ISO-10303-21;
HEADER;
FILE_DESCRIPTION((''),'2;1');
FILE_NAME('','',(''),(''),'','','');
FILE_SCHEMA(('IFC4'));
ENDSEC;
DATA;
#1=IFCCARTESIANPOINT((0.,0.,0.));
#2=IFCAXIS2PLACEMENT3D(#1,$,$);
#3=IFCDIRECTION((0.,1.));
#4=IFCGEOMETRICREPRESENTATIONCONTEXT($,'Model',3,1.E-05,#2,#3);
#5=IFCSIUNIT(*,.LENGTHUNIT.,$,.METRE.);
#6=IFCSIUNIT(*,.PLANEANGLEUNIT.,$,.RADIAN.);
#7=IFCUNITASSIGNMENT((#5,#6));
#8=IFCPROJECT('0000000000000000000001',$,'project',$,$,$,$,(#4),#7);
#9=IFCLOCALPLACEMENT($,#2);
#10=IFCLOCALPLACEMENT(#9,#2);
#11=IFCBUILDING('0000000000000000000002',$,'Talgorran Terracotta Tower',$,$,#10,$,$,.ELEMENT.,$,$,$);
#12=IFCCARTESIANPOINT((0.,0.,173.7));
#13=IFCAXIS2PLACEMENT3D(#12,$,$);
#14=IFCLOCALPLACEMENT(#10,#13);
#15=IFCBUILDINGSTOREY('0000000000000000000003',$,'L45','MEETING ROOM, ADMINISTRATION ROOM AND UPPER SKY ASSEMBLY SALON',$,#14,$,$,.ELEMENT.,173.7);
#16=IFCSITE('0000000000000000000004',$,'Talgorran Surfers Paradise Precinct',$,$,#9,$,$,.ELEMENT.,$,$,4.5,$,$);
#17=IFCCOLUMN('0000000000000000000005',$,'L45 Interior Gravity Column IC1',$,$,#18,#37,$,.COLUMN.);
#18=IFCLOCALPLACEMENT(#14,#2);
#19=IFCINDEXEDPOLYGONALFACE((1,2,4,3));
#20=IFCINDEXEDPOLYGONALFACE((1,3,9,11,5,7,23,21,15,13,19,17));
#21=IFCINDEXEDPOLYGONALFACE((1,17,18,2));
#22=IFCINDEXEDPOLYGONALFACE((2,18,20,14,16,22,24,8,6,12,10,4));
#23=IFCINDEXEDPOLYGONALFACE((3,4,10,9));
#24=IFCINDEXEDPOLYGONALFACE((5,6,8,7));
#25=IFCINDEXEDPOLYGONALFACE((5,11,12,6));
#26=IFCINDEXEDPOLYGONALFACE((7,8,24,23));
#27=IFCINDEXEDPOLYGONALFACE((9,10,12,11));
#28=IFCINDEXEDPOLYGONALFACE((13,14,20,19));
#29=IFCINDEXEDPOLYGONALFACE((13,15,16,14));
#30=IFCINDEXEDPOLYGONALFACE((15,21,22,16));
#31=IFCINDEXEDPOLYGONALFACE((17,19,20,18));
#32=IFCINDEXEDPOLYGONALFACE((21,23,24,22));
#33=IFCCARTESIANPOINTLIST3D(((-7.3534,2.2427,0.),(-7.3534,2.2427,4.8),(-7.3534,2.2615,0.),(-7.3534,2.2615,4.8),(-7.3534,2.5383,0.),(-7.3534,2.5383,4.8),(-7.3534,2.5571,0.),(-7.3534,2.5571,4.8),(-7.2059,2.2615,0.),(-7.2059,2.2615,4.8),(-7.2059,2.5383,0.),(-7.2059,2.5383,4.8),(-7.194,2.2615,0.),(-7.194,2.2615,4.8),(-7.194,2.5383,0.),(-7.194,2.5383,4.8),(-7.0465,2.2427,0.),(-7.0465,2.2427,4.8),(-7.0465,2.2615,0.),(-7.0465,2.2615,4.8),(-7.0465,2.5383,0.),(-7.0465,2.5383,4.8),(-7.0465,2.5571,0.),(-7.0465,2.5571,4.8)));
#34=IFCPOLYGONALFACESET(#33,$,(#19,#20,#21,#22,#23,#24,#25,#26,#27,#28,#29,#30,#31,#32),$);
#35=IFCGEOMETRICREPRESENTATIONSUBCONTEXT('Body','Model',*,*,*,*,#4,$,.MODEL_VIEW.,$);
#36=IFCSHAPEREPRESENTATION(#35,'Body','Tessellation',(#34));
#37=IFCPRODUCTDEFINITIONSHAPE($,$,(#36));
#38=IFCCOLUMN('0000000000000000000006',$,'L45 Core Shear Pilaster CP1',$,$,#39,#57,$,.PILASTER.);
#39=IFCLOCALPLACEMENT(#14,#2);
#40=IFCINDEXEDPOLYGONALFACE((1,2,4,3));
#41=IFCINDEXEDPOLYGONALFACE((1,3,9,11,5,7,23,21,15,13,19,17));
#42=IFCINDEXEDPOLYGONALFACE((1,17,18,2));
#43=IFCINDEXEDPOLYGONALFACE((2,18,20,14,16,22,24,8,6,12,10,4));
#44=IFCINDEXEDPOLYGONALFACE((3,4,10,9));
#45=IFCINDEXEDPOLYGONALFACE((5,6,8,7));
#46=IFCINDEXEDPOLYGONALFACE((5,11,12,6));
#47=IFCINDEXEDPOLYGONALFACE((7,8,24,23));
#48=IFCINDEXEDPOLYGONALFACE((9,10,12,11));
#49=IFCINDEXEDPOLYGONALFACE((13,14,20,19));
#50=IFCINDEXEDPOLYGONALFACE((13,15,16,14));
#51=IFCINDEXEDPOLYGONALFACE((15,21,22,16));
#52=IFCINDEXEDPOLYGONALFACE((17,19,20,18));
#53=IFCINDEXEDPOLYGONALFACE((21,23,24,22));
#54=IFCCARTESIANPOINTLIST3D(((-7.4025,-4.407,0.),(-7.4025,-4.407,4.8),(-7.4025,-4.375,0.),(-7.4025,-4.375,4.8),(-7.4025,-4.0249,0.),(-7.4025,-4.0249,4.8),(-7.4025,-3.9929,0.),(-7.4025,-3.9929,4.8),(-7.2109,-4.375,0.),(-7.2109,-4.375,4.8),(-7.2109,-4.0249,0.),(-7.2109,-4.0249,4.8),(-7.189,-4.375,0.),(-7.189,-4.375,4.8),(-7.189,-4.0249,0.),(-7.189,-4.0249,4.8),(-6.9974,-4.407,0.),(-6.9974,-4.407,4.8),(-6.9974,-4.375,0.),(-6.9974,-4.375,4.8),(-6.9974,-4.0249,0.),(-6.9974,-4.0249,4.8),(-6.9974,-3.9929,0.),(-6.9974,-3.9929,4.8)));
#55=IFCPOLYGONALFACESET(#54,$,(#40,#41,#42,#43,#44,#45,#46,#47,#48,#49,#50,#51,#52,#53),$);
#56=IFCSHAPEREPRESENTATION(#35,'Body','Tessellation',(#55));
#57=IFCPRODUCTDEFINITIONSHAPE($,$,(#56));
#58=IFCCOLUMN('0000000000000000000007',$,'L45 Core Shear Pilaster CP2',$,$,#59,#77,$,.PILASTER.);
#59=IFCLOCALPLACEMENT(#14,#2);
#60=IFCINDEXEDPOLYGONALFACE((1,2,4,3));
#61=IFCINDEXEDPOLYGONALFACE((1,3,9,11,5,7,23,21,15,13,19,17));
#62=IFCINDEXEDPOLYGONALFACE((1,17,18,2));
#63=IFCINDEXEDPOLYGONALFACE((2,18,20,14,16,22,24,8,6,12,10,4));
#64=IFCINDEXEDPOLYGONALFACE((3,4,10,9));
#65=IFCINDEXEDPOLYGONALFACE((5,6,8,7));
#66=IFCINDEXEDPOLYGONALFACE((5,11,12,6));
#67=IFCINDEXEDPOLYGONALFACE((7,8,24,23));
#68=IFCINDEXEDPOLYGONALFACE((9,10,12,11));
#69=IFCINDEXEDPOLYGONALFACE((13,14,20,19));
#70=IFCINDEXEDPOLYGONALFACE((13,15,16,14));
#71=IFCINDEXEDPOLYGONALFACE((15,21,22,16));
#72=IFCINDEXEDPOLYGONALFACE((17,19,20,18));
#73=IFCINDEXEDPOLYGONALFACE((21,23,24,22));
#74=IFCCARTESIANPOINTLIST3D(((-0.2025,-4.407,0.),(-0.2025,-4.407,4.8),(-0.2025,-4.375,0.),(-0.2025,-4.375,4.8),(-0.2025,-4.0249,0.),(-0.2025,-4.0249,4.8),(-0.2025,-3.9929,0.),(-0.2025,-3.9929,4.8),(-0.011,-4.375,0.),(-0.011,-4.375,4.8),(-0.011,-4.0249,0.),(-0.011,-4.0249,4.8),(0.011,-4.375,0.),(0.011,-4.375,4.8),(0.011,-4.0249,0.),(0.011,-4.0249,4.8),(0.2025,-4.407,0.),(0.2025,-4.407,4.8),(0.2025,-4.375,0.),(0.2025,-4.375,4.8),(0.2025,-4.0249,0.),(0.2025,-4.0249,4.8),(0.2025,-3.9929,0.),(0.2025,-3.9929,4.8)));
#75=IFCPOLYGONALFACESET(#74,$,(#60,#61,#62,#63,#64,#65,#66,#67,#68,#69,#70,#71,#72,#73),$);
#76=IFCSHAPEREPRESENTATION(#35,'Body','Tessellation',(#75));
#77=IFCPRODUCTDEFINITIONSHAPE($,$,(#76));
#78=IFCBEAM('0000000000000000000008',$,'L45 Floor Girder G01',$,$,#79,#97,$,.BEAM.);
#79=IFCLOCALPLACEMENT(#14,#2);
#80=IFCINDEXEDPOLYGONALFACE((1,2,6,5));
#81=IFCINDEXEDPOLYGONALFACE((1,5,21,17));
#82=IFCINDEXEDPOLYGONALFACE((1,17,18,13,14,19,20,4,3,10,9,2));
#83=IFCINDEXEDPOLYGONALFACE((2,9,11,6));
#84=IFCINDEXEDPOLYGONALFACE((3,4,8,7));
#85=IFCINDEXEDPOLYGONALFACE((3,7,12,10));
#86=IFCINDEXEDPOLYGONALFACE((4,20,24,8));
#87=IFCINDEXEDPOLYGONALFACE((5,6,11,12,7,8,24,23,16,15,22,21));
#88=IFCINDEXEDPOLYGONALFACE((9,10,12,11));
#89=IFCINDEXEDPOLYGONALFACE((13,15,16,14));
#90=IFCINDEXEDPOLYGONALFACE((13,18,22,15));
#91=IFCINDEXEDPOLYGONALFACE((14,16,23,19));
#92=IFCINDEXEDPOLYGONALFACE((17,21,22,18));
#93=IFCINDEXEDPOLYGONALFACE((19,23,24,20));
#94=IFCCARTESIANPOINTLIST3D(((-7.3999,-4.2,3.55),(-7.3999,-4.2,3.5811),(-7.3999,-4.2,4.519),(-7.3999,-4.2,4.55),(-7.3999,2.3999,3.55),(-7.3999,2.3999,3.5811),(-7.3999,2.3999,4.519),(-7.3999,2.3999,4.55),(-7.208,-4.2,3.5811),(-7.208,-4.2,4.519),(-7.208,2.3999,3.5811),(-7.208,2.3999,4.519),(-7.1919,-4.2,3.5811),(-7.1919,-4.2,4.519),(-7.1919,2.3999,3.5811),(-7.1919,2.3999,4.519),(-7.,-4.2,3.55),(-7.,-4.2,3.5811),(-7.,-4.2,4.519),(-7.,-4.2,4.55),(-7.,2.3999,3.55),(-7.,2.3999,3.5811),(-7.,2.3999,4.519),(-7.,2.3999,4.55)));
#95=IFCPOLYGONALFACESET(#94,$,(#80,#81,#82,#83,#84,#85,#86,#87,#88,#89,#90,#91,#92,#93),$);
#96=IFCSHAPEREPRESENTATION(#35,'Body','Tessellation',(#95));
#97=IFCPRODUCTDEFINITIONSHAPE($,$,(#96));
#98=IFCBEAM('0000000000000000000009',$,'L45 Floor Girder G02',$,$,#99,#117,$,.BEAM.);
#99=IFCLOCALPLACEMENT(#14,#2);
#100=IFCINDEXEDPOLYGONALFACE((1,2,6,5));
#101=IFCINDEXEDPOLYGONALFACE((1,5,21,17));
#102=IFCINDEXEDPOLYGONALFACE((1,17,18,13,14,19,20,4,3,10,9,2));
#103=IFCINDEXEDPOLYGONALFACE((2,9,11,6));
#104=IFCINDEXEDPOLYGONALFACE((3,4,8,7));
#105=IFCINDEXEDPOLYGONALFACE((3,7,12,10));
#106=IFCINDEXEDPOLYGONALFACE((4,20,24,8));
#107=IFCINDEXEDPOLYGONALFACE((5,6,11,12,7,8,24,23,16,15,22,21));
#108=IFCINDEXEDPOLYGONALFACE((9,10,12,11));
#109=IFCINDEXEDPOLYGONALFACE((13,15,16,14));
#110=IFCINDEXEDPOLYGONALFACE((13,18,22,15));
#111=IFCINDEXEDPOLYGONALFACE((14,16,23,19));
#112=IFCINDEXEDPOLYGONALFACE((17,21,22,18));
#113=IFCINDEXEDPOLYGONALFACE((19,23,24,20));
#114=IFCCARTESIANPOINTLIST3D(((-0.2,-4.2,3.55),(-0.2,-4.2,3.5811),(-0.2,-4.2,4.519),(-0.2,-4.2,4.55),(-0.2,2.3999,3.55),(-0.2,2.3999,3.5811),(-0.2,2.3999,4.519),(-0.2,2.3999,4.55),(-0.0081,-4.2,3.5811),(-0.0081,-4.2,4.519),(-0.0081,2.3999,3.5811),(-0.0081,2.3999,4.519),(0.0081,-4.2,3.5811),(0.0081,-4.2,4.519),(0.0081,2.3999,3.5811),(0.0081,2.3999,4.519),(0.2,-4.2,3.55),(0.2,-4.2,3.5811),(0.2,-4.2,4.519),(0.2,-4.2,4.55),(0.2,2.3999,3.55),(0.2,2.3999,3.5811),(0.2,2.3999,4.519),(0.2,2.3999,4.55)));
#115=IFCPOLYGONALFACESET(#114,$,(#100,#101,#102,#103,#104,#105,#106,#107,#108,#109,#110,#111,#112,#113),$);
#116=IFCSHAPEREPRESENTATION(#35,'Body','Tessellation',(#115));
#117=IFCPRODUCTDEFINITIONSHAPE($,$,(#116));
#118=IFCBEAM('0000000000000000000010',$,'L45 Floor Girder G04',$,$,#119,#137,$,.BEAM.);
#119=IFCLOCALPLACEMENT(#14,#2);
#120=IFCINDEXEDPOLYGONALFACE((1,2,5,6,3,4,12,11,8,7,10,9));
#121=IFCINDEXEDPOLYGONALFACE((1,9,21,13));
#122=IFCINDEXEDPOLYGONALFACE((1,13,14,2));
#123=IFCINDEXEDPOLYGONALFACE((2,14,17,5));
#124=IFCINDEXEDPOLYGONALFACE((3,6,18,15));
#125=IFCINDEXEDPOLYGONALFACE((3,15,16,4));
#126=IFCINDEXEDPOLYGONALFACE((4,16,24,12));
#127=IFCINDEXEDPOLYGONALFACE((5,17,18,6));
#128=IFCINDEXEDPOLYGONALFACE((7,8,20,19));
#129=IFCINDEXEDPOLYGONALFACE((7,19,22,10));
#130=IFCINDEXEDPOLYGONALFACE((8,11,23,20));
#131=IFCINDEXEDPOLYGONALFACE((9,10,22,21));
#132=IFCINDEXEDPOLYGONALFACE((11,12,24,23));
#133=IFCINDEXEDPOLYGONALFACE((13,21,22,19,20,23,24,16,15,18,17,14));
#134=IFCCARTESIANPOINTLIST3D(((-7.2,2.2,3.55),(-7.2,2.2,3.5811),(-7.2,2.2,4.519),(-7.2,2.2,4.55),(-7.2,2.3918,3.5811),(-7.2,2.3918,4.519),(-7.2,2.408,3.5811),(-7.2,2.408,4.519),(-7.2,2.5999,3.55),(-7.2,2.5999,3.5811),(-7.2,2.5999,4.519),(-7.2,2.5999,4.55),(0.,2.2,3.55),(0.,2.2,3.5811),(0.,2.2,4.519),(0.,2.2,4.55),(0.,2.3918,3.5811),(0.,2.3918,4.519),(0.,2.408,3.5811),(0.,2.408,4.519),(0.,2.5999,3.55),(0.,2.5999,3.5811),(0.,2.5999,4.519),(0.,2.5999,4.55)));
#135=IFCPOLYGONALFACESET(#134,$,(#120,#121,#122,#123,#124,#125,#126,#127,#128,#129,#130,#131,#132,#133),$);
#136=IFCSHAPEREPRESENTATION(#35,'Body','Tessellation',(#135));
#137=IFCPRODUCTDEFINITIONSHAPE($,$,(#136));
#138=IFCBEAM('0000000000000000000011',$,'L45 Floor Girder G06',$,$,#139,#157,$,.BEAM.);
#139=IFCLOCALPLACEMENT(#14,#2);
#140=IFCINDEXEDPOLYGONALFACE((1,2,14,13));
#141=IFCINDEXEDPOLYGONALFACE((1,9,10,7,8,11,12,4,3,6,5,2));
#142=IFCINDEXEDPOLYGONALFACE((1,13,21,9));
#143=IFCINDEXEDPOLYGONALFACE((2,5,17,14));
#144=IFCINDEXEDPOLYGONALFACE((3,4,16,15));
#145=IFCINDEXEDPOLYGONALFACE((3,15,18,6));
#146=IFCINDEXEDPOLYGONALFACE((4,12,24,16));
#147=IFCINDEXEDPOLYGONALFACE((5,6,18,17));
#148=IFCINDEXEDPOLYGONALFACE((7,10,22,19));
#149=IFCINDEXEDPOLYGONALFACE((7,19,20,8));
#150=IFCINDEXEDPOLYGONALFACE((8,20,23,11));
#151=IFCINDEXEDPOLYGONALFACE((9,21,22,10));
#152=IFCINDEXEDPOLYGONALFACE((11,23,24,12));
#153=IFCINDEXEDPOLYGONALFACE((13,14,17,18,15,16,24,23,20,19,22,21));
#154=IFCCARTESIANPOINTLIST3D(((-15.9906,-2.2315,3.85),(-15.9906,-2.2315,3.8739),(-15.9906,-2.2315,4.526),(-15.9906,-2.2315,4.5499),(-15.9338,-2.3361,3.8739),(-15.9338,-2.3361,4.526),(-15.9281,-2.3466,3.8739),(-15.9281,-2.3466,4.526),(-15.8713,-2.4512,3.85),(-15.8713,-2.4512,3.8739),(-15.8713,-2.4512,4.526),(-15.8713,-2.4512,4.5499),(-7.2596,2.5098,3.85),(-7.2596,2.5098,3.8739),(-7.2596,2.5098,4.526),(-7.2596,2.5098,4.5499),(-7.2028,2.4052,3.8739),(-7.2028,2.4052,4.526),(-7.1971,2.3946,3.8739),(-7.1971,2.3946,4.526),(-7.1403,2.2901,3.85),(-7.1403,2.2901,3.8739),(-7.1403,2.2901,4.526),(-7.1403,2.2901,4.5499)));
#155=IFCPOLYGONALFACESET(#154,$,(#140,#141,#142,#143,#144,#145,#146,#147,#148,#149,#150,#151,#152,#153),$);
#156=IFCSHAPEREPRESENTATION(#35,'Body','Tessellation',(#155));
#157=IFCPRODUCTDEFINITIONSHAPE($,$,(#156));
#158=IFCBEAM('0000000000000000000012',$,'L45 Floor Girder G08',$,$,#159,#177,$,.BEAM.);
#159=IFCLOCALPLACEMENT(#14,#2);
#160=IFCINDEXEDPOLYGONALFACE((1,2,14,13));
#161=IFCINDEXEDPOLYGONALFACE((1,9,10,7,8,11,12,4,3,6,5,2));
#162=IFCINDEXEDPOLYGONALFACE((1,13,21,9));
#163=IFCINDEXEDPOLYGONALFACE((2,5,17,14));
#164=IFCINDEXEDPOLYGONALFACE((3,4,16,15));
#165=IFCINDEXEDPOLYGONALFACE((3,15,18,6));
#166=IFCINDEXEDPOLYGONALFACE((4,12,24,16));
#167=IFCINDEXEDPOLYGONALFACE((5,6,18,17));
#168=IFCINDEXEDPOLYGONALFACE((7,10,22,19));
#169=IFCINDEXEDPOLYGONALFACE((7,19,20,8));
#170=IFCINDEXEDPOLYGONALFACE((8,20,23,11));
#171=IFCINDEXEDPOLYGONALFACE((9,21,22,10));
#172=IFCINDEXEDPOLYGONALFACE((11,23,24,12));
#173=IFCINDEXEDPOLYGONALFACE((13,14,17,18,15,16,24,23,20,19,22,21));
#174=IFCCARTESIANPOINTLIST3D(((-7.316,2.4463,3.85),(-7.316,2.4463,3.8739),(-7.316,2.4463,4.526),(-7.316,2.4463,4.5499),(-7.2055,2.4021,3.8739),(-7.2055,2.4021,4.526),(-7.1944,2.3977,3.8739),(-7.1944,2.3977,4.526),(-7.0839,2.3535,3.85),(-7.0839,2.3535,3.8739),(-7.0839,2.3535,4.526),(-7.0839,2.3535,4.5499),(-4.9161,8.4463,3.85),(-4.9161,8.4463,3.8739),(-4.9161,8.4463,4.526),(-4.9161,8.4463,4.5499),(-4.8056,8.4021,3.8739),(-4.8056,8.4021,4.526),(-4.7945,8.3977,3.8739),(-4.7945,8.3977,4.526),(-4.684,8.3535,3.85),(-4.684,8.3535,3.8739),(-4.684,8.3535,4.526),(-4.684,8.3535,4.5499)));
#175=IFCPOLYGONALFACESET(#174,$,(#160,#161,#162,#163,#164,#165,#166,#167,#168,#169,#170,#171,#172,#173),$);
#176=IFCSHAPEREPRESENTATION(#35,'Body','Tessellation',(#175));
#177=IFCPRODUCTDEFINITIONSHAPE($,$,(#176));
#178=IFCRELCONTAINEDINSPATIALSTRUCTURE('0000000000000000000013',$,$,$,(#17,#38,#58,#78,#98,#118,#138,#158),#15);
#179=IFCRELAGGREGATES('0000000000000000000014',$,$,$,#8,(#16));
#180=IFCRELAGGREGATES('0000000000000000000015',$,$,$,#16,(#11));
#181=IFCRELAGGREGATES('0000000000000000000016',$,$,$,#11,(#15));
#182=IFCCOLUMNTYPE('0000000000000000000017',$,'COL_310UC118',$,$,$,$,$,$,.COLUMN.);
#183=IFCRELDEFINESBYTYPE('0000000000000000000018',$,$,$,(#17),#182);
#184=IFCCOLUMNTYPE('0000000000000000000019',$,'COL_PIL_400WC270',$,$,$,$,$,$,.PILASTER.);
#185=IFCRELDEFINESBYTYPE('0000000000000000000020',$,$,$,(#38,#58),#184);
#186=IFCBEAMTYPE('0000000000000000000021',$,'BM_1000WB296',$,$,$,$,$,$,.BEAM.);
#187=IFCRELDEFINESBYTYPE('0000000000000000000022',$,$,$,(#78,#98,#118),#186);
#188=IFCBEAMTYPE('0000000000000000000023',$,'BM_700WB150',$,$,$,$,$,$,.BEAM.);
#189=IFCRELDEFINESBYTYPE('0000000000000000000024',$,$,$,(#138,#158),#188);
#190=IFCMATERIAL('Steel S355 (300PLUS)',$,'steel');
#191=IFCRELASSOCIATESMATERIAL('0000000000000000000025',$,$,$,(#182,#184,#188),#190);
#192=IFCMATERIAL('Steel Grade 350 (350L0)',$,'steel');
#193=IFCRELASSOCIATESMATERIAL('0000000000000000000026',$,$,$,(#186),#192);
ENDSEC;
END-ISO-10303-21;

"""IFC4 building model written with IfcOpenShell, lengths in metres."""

from ifc_helpers import new_model, si_unit, direction, frame, origin, origin_2d, place, context, subcontext, project, spatial, i_section, extrude, material, material_profile, profile_set, type_object, element, save


model = new_model("IFC4")

# Units and contexts
model_context = context("Model", 3, precision=1e-05, world=origin(), true_north=direction((0.0, 1.0)))
body_context = subcontext(model_context, "Body", "Model", "MODEL_VIEW")
ifc_project = project(units=[si_unit("LENGTHUNIT", "METRE"), si_unit("PLANEANGLEUNIT", "RADIAN")], contexts=[model_context])

# Site, building, storey
site_placement = place(None, origin())
site = spatial("IfcSite", under=ifc_project, at=site_placement, Name="Talgorran Surfers Paradise Precinct", CompositionType="ELEMENT", RefElevation=4.5)
building_placement = place(site_placement, origin())
building = spatial("IfcBuilding", under=site, at=building_placement, Name="Talgorran Terracotta Tower", CompositionType="ELEMENT")
storey_placement = place(building_placement, frame((0.0, 0.0, 173.7)))
storey = spatial("IfcBuildingStorey", under=building, at=storey_placement, Name="L45", Description="MEETING ROOM, ADMINISTRATION ROOM AND UPPER SKY ASSEMBLY SALON", CompositionType="ELEMENT", Elevation=173.7)

# Columns
ifc_material_1 = material(Name="Steel S355 (300PLUS)", Category="steel")
ifc_material_profile_1 = material_profile(ifc_material_1, i_section(OverallWidth=0.3069, OverallDepth=0.3145, WebThickness=0.012, FlangeThickness=0.0188, at=origin_2d()), Name="310UC118")
ifc_profile_set_1 = profile_set([ifc_material_profile_1], Name="Steel S355 (300PLUS)")
column_type_1 = type_object("IfcColumnType", Name="COL_310UC118", PredefinedType="COLUMN", material=ifc_profile_set_1)
column_placement = place(storey_placement, frame((-7.2, 2.3999, 0.0), z_axis=(0.0, 0.0, 1.0), x_axis=(1.0, 0.0, 0.0)))
element("IfcColumn", 1, at=column_placement, inside=storey, type_object=column_type_1, Name="L45 Interior Gravity Column IC1", PredefinedType="COLUMN", context=body_context, shape_type="SweptSolid", body=[
    extrude(i_section(OverallWidth=0.3069, OverallDepth=0.3145, WebThickness=0.012, FlangeThickness=0.0188, at=origin_2d()), origin(), (0.0, 0.0, 1.0), 4.8),
])
ifc_material_profile_2 = material_profile(ifc_material_1, i_section(OverallWidth=0.405, OverallDepth=0.4141, WebThickness=0.022, FlangeThickness=0.032, at=origin_2d()), Name="400WC270")
ifc_profile_set_2 = profile_set([ifc_material_profile_2], Name="Steel S355 (300PLUS)")
column_type_2 = type_object("IfcColumnType", Name="COL_PIL_400WC270", PredefinedType="PILASTER", material=ifc_profile_set_2)
for number, where, z_axis, x_axis, name in (
    (2, (-7.2, -4.2, 0.0), (0.0, 0.0, 1.0), (1.0, 0.0, 0.0), "L45 Core Shear Pilaster CP1"),
    (3, (0.0, -4.2, 0.0), (0.0, 0.0, 1.0), (1.0, 0.0, 0.0), "L45 Core Shear Pilaster CP2"),
):
    element("IfcColumn", number, at=place(storey_placement, frame(where, z_axis=z_axis, x_axis=x_axis)), inside=storey, type_object=column_type_2, Name=name, PredefinedType="PILASTER", context=body_context, shape_type="SweptSolid", body=[
        extrude(i_section(OverallWidth=0.405, OverallDepth=0.4141, WebThickness=0.022, FlangeThickness=0.032, at=origin_2d()), origin(), (0.0, 0.0, 1.0), 4.8),
    ])

# Beams
ifc_material_2 = material(Name="Steel Grade 350 (350L0)", Category="steel")
ifc_material_profile_3 = material_profile(ifc_material_2, i_section(OverallWidth=0.3999, OverallDepth=1.0, WebThickness=0.0161, FlangeThickness=0.031, at=origin_2d()), Name="1000WB296")
ifc_profile_set_3 = profile_set([ifc_material_profile_3], Name="Steel Grade 350 (350L0)")
beam_type_1 = type_object("IfcBeamType", Name="BM_1000WB296", PredefinedType="BEAM", material=ifc_profile_set_3)
for number, where, z_axis, x_axis, name in (
    (4, (-7.2, -4.2, 4.05), (0.0, 1.0, 0.0), (-1.0, 0.0, 0.0), "L45 Floor Girder G01"),
    (5, (0.0, -4.2, 4.05), (0.0, 1.0, 0.0), (-1.0, 0.0, 0.0), "L45 Floor Girder G02"),
):
    element("IfcBeam", number, at=place(storey_placement, frame(where, z_axis=z_axis, x_axis=x_axis)), inside=storey, type_object=beam_type_1, Name=name, PredefinedType="BEAM", context=body_context, shape_type="SweptSolid", body=[
        extrude(i_section(OverallWidth=0.3999, OverallDepth=1.0, WebThickness=0.0161, FlangeThickness=0.031, at=origin_2d()), origin(), (0.0, 0.0, 1.0), 6.5999),
    ])
beam_1_placement = place(storey_placement, frame((-7.2, 2.3999, 4.05), z_axis=(1.0, 0.0, 0.0), x_axis=(0.0, 1.0, 0.0)))
element("IfcBeam", 6, at=beam_1_placement, inside=storey, type_object=beam_type_1, Name="L45 Floor Girder G04", PredefinedType="BEAM", context=body_context, shape_type="SweptSolid", body=[
    extrude(i_section(OverallWidth=0.3999, OverallDepth=1.0, WebThickness=0.0161, FlangeThickness=0.031, at=origin_2d()), origin(), (0.0, 0.0, 1.0), 7.2),
])
ifc_material_profile_4 = material_profile(ifc_material_1, i_section(OverallWidth=0.25, OverallDepth=0.7, WebThickness=0.012, FlangeThickness=0.0239, at=origin_2d()), Name="700WB150")
ifc_profile_set_4 = profile_set([ifc_material_profile_4], Name="Steel S355 (300PLUS)")
beam_type_2 = type_object("IfcBeamType", Name="BM_700WB150", PredefinedType="BEAM", material=ifc_profile_set_4)
beam_2_placement = place(storey_placement, frame((-7.2, 2.3999, 4.2), z_axis=(-0.878788, -0.477212, 0.0), x_axis=(0.477212, -0.878788, 0.0)))
element("IfcBeam", 7, at=beam_2_placement, inside=storey, type_object=beam_type_2, Name="L45 Floor Girder G06", PredefinedType="BEAM", context=body_context, shape_type="SweptSolid", body=[
    extrude(i_section(OverallWidth=0.25, OverallDepth=0.7, WebThickness=0.012, FlangeThickness=0.0239, at=origin_2d()), origin(), (0.0, 0.0, 1.0), 9.9353),
])
beam_3_placement = place(storey_placement, frame((-7.2, 2.3999, 4.2), z_axis=(0.371378, 0.928482, 0.0), x_axis=(-0.928482, 0.371378, 0.0)))
element("IfcBeam", 8, at=beam_3_placement, inside=storey, type_object=beam_type_2, Name="L45 Floor Girder G08", PredefinedType="BEAM", context=body_context, shape_type="SweptSolid", body=[
    extrude(i_section(OverallWidth=0.25, OverallDepth=0.7, WebThickness=0.012, FlangeThickness=0.0239, at=origin_2d()), origin(), (0.0, 0.0, 1.0), 6.4622),
])

save(model, "model.ifc")
